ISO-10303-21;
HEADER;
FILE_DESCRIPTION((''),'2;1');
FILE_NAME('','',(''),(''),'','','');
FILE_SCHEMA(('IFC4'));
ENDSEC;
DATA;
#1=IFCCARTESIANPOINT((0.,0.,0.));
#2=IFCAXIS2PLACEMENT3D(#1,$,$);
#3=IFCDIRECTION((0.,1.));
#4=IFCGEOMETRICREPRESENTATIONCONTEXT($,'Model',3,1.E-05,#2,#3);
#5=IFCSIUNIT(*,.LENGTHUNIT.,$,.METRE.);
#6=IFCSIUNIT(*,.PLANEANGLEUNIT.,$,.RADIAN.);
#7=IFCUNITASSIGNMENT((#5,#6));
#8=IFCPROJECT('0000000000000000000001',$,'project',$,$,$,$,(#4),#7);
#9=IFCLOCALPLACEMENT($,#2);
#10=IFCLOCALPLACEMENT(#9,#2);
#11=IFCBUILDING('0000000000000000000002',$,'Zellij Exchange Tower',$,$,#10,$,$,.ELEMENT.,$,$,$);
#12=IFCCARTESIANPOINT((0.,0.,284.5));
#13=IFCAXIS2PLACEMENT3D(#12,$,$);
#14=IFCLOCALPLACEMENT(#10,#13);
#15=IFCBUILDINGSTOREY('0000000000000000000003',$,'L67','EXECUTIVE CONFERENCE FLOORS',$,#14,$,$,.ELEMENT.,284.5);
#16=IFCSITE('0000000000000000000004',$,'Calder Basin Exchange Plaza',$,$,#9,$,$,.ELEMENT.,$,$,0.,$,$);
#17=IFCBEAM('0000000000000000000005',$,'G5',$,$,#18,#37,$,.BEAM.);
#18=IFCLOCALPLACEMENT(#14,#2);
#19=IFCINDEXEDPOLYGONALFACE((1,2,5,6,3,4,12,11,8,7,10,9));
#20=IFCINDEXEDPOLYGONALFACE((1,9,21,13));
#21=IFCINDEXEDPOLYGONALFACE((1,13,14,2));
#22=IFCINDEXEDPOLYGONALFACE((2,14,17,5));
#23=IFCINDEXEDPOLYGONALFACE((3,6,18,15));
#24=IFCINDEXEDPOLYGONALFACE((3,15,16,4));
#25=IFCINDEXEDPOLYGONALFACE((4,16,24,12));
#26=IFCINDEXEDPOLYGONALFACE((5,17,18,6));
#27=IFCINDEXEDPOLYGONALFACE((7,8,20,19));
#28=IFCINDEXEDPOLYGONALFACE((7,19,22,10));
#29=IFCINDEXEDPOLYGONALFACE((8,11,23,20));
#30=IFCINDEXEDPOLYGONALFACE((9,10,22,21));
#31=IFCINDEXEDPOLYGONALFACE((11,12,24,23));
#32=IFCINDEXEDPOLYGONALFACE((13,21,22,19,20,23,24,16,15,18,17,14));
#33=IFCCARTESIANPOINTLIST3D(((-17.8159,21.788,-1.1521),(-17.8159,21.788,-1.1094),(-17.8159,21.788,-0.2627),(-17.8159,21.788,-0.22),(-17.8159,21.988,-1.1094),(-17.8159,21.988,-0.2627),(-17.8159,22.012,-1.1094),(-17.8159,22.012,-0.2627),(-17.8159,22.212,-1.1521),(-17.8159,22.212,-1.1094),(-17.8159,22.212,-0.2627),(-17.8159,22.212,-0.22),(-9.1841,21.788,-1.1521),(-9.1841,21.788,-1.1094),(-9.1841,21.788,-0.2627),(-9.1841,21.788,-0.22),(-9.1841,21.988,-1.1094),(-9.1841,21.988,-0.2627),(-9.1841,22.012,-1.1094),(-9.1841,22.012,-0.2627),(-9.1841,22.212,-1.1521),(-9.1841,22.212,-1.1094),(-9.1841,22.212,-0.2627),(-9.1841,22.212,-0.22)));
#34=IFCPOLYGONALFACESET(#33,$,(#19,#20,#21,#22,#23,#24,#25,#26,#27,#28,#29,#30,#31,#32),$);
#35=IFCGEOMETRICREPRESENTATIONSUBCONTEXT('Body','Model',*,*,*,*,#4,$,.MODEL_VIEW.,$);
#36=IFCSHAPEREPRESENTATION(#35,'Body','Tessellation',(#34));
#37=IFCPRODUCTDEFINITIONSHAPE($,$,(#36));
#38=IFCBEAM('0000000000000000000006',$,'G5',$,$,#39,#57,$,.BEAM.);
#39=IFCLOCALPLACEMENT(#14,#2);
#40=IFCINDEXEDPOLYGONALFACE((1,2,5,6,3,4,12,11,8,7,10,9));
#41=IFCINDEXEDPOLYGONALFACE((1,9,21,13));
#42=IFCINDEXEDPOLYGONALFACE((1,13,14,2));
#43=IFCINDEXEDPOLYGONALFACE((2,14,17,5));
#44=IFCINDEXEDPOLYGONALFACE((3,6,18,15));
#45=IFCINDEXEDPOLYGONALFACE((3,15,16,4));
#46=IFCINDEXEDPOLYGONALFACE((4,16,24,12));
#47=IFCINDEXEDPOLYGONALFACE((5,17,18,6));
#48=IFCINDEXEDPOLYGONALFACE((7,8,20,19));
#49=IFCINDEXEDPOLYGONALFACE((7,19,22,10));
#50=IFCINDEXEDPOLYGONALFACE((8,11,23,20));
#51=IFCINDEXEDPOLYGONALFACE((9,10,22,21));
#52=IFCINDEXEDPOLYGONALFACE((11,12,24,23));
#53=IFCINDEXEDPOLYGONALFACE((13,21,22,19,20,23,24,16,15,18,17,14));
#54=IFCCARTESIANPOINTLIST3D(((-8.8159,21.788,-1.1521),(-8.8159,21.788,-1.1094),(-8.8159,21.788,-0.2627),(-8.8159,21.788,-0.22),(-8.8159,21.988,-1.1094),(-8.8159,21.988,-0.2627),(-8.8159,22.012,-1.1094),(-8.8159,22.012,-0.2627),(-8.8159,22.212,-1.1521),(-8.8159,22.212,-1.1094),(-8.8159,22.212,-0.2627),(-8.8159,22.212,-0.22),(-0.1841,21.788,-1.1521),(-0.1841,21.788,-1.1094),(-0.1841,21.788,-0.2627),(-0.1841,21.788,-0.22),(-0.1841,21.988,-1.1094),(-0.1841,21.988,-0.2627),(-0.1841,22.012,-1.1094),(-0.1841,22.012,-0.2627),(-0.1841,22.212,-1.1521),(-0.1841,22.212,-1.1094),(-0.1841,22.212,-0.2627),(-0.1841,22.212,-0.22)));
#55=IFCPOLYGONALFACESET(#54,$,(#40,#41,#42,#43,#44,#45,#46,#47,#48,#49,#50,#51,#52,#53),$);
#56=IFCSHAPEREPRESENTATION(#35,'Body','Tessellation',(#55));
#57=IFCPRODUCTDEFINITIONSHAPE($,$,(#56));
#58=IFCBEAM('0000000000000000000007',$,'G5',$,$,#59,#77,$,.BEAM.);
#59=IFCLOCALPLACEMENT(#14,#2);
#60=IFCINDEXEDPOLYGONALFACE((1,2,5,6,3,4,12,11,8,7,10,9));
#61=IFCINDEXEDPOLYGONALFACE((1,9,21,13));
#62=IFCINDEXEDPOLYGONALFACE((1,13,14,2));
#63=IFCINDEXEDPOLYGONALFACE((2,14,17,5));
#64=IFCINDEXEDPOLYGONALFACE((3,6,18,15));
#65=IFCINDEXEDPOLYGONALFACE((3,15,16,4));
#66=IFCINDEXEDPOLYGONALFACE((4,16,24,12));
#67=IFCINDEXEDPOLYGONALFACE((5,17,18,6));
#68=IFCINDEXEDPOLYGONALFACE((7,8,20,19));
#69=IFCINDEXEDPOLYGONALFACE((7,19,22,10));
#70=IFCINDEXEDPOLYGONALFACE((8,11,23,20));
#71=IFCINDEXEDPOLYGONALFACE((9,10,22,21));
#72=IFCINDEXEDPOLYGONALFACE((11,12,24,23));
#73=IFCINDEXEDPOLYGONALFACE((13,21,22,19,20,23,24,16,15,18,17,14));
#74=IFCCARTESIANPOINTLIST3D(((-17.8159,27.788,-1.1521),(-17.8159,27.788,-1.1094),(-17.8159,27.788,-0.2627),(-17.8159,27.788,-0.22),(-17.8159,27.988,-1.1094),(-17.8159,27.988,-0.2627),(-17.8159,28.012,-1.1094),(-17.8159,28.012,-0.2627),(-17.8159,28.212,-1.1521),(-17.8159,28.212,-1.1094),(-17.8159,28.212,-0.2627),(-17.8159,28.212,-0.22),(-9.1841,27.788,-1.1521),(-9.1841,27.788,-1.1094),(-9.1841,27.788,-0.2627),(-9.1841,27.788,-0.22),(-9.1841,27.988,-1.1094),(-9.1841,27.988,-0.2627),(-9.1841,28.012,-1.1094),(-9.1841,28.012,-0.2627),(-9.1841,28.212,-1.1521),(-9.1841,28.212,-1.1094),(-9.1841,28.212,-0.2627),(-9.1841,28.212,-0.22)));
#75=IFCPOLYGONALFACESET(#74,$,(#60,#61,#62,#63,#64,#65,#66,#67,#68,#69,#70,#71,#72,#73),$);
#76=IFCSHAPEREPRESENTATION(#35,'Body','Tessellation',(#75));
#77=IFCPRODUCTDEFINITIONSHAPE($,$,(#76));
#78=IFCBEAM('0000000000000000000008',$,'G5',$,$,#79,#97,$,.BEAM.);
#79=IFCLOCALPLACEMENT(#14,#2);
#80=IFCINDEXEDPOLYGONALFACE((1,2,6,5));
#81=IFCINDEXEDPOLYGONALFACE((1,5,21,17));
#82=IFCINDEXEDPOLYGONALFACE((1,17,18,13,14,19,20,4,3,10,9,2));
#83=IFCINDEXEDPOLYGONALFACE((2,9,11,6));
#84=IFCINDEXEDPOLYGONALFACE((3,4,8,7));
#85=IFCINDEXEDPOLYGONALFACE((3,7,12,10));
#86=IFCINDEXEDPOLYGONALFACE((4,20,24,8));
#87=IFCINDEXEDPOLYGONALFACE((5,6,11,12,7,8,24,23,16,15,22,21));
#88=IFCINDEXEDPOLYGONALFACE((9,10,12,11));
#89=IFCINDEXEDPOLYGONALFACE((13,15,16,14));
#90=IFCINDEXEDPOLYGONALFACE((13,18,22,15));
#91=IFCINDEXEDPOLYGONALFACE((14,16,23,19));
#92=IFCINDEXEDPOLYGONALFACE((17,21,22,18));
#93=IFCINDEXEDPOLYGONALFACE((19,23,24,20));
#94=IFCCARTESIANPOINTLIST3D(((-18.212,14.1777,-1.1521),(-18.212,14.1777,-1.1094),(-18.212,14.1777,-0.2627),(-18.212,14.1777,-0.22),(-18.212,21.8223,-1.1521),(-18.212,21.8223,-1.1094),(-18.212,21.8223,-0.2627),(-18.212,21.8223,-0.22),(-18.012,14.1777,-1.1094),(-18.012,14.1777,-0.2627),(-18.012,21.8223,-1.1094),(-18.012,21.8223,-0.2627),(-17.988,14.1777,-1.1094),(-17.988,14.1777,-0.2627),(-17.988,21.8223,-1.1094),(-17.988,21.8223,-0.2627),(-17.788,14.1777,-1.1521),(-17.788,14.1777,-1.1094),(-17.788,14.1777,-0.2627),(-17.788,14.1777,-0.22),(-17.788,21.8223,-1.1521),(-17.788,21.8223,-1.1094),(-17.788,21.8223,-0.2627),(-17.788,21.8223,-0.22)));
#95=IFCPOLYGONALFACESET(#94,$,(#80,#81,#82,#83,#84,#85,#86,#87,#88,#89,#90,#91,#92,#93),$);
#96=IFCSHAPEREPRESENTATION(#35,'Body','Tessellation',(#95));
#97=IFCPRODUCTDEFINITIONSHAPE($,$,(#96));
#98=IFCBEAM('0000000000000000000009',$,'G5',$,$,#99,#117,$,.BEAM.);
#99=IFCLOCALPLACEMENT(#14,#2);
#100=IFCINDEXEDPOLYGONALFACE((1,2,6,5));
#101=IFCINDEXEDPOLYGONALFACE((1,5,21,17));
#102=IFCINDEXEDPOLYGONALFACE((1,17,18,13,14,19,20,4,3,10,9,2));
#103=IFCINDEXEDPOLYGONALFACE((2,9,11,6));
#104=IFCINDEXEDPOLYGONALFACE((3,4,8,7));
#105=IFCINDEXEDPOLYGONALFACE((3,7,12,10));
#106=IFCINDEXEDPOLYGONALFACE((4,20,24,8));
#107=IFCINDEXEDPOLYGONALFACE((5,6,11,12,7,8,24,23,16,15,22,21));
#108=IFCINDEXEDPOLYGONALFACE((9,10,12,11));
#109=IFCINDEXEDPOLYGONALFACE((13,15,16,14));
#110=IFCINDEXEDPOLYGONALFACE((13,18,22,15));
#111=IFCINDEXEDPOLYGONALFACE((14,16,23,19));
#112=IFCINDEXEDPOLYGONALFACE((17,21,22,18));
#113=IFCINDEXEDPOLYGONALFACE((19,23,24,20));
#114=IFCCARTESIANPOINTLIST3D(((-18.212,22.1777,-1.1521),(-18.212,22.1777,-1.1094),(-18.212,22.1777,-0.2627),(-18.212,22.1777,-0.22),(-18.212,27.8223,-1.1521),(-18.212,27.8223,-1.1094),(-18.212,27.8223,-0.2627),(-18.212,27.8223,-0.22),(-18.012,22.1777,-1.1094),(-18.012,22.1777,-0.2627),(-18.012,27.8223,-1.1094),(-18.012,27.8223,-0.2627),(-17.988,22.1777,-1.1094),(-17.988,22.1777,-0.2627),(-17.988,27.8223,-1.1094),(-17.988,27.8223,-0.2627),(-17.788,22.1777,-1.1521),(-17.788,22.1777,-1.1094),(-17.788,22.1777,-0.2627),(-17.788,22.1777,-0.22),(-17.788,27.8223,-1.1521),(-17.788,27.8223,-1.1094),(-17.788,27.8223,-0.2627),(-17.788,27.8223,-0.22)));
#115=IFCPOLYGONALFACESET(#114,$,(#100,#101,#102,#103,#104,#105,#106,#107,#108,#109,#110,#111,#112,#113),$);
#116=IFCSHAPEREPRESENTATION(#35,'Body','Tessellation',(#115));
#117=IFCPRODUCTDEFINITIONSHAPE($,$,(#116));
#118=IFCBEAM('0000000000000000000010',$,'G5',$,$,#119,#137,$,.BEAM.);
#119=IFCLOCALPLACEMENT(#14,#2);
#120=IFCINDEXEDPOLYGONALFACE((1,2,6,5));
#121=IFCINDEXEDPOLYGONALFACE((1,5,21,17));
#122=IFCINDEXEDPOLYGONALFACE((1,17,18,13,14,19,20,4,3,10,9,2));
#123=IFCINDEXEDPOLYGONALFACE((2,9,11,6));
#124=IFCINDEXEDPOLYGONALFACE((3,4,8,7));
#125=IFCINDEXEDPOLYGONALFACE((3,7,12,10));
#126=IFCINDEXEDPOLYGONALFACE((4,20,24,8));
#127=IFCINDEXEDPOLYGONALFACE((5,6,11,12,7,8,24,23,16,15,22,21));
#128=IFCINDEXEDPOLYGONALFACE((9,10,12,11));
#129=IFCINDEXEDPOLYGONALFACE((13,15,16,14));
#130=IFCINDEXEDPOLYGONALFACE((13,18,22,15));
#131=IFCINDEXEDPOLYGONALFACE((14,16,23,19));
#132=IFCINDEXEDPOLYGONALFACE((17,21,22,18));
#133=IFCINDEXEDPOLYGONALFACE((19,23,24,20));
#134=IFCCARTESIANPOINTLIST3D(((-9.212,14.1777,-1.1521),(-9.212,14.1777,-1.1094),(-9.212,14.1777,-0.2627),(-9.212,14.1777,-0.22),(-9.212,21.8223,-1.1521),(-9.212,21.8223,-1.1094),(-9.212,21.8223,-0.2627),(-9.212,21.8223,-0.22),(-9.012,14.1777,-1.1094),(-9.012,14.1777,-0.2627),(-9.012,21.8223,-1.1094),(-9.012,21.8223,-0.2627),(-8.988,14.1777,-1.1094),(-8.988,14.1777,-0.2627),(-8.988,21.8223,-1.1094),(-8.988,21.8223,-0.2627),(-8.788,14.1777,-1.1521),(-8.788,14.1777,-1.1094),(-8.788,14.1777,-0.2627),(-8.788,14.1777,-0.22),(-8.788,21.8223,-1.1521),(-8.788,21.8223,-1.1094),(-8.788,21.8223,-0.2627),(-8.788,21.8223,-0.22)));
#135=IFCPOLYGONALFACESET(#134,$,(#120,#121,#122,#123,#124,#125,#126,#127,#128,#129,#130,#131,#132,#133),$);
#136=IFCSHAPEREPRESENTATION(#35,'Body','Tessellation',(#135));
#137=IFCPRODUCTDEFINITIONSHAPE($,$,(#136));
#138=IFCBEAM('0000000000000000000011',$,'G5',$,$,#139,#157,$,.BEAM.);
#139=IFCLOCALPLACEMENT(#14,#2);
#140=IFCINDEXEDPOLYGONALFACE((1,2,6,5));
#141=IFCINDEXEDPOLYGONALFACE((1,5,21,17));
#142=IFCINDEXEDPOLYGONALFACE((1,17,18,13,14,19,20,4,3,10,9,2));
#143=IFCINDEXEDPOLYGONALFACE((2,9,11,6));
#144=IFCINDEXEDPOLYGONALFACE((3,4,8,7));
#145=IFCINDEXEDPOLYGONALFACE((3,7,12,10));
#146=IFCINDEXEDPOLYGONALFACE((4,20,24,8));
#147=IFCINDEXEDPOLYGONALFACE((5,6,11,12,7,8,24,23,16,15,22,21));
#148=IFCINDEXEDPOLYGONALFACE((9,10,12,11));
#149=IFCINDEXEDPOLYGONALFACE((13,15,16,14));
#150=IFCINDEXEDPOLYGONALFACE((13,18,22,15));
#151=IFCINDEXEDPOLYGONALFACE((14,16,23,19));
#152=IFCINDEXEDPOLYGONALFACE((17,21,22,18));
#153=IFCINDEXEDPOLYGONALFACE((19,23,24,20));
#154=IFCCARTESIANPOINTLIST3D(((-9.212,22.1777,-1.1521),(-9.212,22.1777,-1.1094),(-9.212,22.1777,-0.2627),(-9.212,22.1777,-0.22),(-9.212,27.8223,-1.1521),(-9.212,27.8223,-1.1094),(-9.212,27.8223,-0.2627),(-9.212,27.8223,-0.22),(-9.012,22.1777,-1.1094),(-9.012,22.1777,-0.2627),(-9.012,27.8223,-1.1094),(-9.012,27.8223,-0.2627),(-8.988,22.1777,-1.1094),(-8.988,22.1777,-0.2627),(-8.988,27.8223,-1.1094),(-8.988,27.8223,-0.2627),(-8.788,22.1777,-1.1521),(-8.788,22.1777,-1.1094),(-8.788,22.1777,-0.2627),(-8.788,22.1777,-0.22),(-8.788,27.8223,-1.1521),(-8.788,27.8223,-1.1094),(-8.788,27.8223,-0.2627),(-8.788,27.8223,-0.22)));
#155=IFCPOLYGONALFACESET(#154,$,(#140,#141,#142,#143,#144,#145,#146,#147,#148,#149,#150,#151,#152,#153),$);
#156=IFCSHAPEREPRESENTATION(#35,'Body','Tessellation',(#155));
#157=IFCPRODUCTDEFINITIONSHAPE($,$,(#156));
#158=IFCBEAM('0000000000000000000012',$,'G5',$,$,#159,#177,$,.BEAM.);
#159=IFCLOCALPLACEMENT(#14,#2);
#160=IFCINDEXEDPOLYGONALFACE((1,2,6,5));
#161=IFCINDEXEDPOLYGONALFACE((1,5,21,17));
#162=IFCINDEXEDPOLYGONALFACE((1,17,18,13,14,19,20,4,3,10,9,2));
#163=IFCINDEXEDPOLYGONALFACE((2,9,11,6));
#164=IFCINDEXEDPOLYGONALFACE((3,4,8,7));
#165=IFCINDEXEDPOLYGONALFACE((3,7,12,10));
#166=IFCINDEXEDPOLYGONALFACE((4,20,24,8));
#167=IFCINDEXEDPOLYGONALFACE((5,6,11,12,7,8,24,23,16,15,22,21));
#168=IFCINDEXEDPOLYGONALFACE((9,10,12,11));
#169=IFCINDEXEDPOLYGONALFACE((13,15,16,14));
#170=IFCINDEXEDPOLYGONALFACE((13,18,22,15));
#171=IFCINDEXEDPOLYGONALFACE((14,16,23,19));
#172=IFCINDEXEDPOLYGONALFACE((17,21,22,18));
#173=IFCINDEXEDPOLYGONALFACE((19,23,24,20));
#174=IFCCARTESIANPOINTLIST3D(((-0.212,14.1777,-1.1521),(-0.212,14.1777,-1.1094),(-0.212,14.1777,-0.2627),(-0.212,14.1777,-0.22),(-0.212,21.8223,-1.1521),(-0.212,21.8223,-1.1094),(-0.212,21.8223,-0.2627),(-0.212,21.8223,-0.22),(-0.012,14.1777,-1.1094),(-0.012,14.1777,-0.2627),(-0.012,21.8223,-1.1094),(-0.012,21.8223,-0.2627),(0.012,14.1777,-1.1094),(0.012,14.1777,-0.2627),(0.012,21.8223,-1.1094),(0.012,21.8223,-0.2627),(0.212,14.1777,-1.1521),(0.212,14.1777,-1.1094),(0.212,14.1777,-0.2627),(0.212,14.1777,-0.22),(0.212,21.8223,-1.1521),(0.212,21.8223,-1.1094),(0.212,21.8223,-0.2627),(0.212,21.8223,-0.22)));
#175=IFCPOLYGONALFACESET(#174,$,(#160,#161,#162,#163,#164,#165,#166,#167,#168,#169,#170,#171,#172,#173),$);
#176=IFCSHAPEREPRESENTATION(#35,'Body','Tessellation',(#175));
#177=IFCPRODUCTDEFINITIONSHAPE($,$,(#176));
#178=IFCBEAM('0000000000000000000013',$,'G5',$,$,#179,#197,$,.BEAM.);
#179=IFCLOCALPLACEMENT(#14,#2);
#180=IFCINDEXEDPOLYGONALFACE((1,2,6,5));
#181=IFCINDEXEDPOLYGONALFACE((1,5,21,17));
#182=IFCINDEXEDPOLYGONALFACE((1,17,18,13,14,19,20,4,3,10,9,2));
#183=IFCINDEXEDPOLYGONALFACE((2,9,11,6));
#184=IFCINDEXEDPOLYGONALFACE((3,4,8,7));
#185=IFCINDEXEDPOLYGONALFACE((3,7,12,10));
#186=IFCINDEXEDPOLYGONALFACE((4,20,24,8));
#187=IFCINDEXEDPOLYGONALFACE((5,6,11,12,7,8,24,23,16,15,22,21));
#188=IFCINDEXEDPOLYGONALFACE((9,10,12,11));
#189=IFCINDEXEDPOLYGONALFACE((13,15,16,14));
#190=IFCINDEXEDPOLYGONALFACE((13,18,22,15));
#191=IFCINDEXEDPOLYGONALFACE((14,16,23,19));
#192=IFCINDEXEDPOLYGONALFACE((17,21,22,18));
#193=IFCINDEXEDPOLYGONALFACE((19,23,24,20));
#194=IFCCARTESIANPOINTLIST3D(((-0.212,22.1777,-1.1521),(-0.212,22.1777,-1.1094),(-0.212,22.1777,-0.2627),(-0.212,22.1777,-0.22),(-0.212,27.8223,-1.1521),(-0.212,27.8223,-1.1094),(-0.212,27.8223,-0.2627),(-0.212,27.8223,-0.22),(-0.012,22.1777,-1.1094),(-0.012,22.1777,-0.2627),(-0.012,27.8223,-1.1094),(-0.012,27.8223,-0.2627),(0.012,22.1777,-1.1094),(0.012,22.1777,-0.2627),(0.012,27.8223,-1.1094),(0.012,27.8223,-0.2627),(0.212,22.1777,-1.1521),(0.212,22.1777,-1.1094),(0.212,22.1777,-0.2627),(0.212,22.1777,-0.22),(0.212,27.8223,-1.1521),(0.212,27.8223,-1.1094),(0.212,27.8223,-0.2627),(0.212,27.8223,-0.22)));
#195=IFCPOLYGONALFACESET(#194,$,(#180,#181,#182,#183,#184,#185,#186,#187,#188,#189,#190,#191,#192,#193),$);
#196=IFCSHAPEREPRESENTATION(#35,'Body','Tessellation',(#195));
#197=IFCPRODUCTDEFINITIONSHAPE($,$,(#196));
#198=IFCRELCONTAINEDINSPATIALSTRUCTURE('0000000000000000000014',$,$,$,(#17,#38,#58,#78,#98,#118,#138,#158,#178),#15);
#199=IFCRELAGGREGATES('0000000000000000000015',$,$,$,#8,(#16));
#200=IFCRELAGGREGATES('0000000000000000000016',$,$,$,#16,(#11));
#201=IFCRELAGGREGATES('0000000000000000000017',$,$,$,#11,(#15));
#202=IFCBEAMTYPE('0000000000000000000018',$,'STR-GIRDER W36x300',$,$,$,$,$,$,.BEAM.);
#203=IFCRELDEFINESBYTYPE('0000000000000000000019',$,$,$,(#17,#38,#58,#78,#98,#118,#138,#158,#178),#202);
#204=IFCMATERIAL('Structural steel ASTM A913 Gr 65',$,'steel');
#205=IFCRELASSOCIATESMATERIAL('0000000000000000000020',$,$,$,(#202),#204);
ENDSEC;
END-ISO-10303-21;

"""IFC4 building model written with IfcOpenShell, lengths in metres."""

from ifc_helpers import new_model, si_unit, direction, frame, origin, origin_2d, place, context, subcontext, project, spatial, i_section, extrude, material, material_profile, profile_set, type_object, element, save


model = new_model("IFC4")

# Units and contexts
model_context = context("Model", 3, precision=1e-05, world=origin(), true_north=direction((0.0, 1.0)))
body_context = subcontext(model_context, "Body", "Model", "MODEL_VIEW")
ifc_project = project(units=[si_unit("LENGTHUNIT", "METRE"), si_unit("PLANEANGLEUNIT", "RADIAN")], contexts=[model_context])

# Site, building, storey
site_placement = place(None, origin())
site = spatial("IfcSite", under=ifc_project, at=site_placement, Name="Calder Basin Exchange Plaza", CompositionType="ELEMENT", RefElevation=0.0)
building_placement = place(site_placement, origin())
building = spatial("IfcBuilding", under=site, at=building_placement, Name="Zellij Exchange Tower", CompositionType="ELEMENT")
storey_placement = place(building_placement, frame((0.0, 0.0, 284.5)))
storey = spatial("IfcBuildingStorey", under=building, at=storey_placement, Name="L67", Description="EXECUTIVE CONFERENCE FLOORS", CompositionType="ELEMENT", Elevation=284.5)

# Beams
ifc_material_1 = material(Name="Structural steel ASTM A913 Gr 65", Category="steel")
ifc_material_profile_1 = material_profile(ifc_material_1, i_section(OverallWidth=0.4241, OverallDepth=0.9321, WebThickness=0.0239, FlangeThickness=0.0427, at=origin_2d()), Name="W36x300")
ifc_profile_set_1 = profile_set([ifc_material_profile_1], Name="Structural steel ASTM A913 Gr 65")
beam_type = type_object("IfcBeamType", Name="STR-GIRDER W36x300", PredefinedType="BEAM", material=ifc_profile_set_1)
for number, where, z_axis, x_axis, name in (
    (1, (-17.8159, 22.0, -0.686), (1.0, 0.0, 0.0), (0.0, 1.0, 0.0), "G5"),
    (2, (-8.8159, 22.0, -0.686), (1.0, 0.0, 0.0), (0.0, 1.0, 0.0), "G5"),
    (3, (-17.8159, 28.0, -0.686), (1.0, 0.0, 0.0), (0.0, 1.0, 0.0), "G5"),
):
    element("IfcBeam", number, at=place(storey_placement, frame(where, z_axis=z_axis, x_axis=x_axis)), inside=storey, type_object=beam_type, Name=name, PredefinedType="BEAM", context=body_context, shape_type="SweptSolid", body=[
        extrude(i_section(OverallWidth=0.4241, OverallDepth=0.9321, WebThickness=0.0239, FlangeThickness=0.0427, at=origin_2d()), origin(), (0.0, 0.0, 1.0), 8.6318),
    ])
beam_1_placement = place(storey_placement, frame((-18.0, 14.1777, -0.686), z_axis=(0.0, 1.0, 0.0), x_axis=(-1.0, 0.0, 0.0)))
element("IfcBeam", 4, at=beam_1_placement, inside=storey, type_object=beam_type, Name="G5", PredefinedType="BEAM", context=body_context, shape_type="SweptSolid", body=[
    extrude(i_section(OverallWidth=0.4241, OverallDepth=0.9321, WebThickness=0.0239, FlangeThickness=0.0427, at=origin_2d()), origin(), (0.0, 0.0, 1.0), 7.6445),
])
beam_2_placement = place(storey_placement, frame((-18.0, 22.1777, -0.686), z_axis=(0.0, 1.0, 0.0), x_axis=(-1.0, 0.0, 0.0)))
element("IfcBeam", 5, at=beam_2_placement, inside=storey, type_object=beam_type, Name="G5", PredefinedType="BEAM", context=body_context, shape_type="SweptSolid", body=[
    extrude(i_section(OverallWidth=0.4241, OverallDepth=0.9321, WebThickness=0.0239, FlangeThickness=0.0427, at=origin_2d()), origin(), (0.0, 0.0, 1.0), 5.6445),
])
beam_3_placement = place(storey_placement, frame((-9.0, 14.1777, -0.686), z_axis=(0.0, 1.0, 0.0), x_axis=(-1.0, 0.0, 0.0)))
element("IfcBeam", 6, at=beam_3_placement, inside=storey, type_object=beam_type, Name="G5", PredefinedType="BEAM", context=body_context, shape_type="SweptSolid", body=[
    extrude(i_section(OverallWidth=0.4241, OverallDepth=0.9321, WebThickness=0.0239, FlangeThickness=0.0427, at=origin_2d()), origin(), (0.0, 0.0, 1.0), 7.6445),
])
beam_4_placement = place(storey_placement, frame((-9.0, 22.1777, -0.686), z_axis=(0.0, 1.0, 0.0), x_axis=(-1.0, 0.0, 0.0)))
element("IfcBeam", 7, at=beam_4_placement, inside=storey, type_object=beam_type, Name="G5", PredefinedType="BEAM", context=body_context, shape_type="SweptSolid", body=[
    extrude(i_section(OverallWidth=0.4241, OverallDepth=0.9321, WebThickness=0.0239, FlangeThickness=0.0427, at=origin_2d()), origin(), (0.0, 0.0, 1.0), 5.6445),
])
beam_5_placement = place(storey_placement, frame((0.0, 14.1777, -0.686), z_axis=(0.0, 1.0, 0.0), x_axis=(-1.0, 0.0, 0.0)))
element("IfcBeam", 8, at=beam_5_placement, inside=storey, type_object=beam_type, Name="G5", PredefinedType="BEAM", context=body_context, shape_type="SweptSolid", body=[
    extrude(i_section(OverallWidth=0.4241, OverallDepth=0.9321, WebThickness=0.0239, FlangeThickness=0.0427, at=origin_2d()), origin(), (0.0, 0.0, 1.0), 7.6445),
])
beam_6_placement = place(storey_placement, frame((0.0, 22.1777, -0.686), z_axis=(0.0, 1.0, 0.0), x_axis=(-1.0, 0.0, 0.0)))
element("IfcBeam", 9, at=beam_6_placement, inside=storey, type_object=beam_type, Name="G5", PredefinedType="BEAM", context=body_context, shape_type="SweptSolid", body=[
    extrude(i_section(OverallWidth=0.4241, OverallDepth=0.9321, WebThickness=0.0239, FlangeThickness=0.0427, at=origin_2d()), origin(), (0.0, 0.0, 1.0), 5.6445),
])

save(model, "model.ifc")
